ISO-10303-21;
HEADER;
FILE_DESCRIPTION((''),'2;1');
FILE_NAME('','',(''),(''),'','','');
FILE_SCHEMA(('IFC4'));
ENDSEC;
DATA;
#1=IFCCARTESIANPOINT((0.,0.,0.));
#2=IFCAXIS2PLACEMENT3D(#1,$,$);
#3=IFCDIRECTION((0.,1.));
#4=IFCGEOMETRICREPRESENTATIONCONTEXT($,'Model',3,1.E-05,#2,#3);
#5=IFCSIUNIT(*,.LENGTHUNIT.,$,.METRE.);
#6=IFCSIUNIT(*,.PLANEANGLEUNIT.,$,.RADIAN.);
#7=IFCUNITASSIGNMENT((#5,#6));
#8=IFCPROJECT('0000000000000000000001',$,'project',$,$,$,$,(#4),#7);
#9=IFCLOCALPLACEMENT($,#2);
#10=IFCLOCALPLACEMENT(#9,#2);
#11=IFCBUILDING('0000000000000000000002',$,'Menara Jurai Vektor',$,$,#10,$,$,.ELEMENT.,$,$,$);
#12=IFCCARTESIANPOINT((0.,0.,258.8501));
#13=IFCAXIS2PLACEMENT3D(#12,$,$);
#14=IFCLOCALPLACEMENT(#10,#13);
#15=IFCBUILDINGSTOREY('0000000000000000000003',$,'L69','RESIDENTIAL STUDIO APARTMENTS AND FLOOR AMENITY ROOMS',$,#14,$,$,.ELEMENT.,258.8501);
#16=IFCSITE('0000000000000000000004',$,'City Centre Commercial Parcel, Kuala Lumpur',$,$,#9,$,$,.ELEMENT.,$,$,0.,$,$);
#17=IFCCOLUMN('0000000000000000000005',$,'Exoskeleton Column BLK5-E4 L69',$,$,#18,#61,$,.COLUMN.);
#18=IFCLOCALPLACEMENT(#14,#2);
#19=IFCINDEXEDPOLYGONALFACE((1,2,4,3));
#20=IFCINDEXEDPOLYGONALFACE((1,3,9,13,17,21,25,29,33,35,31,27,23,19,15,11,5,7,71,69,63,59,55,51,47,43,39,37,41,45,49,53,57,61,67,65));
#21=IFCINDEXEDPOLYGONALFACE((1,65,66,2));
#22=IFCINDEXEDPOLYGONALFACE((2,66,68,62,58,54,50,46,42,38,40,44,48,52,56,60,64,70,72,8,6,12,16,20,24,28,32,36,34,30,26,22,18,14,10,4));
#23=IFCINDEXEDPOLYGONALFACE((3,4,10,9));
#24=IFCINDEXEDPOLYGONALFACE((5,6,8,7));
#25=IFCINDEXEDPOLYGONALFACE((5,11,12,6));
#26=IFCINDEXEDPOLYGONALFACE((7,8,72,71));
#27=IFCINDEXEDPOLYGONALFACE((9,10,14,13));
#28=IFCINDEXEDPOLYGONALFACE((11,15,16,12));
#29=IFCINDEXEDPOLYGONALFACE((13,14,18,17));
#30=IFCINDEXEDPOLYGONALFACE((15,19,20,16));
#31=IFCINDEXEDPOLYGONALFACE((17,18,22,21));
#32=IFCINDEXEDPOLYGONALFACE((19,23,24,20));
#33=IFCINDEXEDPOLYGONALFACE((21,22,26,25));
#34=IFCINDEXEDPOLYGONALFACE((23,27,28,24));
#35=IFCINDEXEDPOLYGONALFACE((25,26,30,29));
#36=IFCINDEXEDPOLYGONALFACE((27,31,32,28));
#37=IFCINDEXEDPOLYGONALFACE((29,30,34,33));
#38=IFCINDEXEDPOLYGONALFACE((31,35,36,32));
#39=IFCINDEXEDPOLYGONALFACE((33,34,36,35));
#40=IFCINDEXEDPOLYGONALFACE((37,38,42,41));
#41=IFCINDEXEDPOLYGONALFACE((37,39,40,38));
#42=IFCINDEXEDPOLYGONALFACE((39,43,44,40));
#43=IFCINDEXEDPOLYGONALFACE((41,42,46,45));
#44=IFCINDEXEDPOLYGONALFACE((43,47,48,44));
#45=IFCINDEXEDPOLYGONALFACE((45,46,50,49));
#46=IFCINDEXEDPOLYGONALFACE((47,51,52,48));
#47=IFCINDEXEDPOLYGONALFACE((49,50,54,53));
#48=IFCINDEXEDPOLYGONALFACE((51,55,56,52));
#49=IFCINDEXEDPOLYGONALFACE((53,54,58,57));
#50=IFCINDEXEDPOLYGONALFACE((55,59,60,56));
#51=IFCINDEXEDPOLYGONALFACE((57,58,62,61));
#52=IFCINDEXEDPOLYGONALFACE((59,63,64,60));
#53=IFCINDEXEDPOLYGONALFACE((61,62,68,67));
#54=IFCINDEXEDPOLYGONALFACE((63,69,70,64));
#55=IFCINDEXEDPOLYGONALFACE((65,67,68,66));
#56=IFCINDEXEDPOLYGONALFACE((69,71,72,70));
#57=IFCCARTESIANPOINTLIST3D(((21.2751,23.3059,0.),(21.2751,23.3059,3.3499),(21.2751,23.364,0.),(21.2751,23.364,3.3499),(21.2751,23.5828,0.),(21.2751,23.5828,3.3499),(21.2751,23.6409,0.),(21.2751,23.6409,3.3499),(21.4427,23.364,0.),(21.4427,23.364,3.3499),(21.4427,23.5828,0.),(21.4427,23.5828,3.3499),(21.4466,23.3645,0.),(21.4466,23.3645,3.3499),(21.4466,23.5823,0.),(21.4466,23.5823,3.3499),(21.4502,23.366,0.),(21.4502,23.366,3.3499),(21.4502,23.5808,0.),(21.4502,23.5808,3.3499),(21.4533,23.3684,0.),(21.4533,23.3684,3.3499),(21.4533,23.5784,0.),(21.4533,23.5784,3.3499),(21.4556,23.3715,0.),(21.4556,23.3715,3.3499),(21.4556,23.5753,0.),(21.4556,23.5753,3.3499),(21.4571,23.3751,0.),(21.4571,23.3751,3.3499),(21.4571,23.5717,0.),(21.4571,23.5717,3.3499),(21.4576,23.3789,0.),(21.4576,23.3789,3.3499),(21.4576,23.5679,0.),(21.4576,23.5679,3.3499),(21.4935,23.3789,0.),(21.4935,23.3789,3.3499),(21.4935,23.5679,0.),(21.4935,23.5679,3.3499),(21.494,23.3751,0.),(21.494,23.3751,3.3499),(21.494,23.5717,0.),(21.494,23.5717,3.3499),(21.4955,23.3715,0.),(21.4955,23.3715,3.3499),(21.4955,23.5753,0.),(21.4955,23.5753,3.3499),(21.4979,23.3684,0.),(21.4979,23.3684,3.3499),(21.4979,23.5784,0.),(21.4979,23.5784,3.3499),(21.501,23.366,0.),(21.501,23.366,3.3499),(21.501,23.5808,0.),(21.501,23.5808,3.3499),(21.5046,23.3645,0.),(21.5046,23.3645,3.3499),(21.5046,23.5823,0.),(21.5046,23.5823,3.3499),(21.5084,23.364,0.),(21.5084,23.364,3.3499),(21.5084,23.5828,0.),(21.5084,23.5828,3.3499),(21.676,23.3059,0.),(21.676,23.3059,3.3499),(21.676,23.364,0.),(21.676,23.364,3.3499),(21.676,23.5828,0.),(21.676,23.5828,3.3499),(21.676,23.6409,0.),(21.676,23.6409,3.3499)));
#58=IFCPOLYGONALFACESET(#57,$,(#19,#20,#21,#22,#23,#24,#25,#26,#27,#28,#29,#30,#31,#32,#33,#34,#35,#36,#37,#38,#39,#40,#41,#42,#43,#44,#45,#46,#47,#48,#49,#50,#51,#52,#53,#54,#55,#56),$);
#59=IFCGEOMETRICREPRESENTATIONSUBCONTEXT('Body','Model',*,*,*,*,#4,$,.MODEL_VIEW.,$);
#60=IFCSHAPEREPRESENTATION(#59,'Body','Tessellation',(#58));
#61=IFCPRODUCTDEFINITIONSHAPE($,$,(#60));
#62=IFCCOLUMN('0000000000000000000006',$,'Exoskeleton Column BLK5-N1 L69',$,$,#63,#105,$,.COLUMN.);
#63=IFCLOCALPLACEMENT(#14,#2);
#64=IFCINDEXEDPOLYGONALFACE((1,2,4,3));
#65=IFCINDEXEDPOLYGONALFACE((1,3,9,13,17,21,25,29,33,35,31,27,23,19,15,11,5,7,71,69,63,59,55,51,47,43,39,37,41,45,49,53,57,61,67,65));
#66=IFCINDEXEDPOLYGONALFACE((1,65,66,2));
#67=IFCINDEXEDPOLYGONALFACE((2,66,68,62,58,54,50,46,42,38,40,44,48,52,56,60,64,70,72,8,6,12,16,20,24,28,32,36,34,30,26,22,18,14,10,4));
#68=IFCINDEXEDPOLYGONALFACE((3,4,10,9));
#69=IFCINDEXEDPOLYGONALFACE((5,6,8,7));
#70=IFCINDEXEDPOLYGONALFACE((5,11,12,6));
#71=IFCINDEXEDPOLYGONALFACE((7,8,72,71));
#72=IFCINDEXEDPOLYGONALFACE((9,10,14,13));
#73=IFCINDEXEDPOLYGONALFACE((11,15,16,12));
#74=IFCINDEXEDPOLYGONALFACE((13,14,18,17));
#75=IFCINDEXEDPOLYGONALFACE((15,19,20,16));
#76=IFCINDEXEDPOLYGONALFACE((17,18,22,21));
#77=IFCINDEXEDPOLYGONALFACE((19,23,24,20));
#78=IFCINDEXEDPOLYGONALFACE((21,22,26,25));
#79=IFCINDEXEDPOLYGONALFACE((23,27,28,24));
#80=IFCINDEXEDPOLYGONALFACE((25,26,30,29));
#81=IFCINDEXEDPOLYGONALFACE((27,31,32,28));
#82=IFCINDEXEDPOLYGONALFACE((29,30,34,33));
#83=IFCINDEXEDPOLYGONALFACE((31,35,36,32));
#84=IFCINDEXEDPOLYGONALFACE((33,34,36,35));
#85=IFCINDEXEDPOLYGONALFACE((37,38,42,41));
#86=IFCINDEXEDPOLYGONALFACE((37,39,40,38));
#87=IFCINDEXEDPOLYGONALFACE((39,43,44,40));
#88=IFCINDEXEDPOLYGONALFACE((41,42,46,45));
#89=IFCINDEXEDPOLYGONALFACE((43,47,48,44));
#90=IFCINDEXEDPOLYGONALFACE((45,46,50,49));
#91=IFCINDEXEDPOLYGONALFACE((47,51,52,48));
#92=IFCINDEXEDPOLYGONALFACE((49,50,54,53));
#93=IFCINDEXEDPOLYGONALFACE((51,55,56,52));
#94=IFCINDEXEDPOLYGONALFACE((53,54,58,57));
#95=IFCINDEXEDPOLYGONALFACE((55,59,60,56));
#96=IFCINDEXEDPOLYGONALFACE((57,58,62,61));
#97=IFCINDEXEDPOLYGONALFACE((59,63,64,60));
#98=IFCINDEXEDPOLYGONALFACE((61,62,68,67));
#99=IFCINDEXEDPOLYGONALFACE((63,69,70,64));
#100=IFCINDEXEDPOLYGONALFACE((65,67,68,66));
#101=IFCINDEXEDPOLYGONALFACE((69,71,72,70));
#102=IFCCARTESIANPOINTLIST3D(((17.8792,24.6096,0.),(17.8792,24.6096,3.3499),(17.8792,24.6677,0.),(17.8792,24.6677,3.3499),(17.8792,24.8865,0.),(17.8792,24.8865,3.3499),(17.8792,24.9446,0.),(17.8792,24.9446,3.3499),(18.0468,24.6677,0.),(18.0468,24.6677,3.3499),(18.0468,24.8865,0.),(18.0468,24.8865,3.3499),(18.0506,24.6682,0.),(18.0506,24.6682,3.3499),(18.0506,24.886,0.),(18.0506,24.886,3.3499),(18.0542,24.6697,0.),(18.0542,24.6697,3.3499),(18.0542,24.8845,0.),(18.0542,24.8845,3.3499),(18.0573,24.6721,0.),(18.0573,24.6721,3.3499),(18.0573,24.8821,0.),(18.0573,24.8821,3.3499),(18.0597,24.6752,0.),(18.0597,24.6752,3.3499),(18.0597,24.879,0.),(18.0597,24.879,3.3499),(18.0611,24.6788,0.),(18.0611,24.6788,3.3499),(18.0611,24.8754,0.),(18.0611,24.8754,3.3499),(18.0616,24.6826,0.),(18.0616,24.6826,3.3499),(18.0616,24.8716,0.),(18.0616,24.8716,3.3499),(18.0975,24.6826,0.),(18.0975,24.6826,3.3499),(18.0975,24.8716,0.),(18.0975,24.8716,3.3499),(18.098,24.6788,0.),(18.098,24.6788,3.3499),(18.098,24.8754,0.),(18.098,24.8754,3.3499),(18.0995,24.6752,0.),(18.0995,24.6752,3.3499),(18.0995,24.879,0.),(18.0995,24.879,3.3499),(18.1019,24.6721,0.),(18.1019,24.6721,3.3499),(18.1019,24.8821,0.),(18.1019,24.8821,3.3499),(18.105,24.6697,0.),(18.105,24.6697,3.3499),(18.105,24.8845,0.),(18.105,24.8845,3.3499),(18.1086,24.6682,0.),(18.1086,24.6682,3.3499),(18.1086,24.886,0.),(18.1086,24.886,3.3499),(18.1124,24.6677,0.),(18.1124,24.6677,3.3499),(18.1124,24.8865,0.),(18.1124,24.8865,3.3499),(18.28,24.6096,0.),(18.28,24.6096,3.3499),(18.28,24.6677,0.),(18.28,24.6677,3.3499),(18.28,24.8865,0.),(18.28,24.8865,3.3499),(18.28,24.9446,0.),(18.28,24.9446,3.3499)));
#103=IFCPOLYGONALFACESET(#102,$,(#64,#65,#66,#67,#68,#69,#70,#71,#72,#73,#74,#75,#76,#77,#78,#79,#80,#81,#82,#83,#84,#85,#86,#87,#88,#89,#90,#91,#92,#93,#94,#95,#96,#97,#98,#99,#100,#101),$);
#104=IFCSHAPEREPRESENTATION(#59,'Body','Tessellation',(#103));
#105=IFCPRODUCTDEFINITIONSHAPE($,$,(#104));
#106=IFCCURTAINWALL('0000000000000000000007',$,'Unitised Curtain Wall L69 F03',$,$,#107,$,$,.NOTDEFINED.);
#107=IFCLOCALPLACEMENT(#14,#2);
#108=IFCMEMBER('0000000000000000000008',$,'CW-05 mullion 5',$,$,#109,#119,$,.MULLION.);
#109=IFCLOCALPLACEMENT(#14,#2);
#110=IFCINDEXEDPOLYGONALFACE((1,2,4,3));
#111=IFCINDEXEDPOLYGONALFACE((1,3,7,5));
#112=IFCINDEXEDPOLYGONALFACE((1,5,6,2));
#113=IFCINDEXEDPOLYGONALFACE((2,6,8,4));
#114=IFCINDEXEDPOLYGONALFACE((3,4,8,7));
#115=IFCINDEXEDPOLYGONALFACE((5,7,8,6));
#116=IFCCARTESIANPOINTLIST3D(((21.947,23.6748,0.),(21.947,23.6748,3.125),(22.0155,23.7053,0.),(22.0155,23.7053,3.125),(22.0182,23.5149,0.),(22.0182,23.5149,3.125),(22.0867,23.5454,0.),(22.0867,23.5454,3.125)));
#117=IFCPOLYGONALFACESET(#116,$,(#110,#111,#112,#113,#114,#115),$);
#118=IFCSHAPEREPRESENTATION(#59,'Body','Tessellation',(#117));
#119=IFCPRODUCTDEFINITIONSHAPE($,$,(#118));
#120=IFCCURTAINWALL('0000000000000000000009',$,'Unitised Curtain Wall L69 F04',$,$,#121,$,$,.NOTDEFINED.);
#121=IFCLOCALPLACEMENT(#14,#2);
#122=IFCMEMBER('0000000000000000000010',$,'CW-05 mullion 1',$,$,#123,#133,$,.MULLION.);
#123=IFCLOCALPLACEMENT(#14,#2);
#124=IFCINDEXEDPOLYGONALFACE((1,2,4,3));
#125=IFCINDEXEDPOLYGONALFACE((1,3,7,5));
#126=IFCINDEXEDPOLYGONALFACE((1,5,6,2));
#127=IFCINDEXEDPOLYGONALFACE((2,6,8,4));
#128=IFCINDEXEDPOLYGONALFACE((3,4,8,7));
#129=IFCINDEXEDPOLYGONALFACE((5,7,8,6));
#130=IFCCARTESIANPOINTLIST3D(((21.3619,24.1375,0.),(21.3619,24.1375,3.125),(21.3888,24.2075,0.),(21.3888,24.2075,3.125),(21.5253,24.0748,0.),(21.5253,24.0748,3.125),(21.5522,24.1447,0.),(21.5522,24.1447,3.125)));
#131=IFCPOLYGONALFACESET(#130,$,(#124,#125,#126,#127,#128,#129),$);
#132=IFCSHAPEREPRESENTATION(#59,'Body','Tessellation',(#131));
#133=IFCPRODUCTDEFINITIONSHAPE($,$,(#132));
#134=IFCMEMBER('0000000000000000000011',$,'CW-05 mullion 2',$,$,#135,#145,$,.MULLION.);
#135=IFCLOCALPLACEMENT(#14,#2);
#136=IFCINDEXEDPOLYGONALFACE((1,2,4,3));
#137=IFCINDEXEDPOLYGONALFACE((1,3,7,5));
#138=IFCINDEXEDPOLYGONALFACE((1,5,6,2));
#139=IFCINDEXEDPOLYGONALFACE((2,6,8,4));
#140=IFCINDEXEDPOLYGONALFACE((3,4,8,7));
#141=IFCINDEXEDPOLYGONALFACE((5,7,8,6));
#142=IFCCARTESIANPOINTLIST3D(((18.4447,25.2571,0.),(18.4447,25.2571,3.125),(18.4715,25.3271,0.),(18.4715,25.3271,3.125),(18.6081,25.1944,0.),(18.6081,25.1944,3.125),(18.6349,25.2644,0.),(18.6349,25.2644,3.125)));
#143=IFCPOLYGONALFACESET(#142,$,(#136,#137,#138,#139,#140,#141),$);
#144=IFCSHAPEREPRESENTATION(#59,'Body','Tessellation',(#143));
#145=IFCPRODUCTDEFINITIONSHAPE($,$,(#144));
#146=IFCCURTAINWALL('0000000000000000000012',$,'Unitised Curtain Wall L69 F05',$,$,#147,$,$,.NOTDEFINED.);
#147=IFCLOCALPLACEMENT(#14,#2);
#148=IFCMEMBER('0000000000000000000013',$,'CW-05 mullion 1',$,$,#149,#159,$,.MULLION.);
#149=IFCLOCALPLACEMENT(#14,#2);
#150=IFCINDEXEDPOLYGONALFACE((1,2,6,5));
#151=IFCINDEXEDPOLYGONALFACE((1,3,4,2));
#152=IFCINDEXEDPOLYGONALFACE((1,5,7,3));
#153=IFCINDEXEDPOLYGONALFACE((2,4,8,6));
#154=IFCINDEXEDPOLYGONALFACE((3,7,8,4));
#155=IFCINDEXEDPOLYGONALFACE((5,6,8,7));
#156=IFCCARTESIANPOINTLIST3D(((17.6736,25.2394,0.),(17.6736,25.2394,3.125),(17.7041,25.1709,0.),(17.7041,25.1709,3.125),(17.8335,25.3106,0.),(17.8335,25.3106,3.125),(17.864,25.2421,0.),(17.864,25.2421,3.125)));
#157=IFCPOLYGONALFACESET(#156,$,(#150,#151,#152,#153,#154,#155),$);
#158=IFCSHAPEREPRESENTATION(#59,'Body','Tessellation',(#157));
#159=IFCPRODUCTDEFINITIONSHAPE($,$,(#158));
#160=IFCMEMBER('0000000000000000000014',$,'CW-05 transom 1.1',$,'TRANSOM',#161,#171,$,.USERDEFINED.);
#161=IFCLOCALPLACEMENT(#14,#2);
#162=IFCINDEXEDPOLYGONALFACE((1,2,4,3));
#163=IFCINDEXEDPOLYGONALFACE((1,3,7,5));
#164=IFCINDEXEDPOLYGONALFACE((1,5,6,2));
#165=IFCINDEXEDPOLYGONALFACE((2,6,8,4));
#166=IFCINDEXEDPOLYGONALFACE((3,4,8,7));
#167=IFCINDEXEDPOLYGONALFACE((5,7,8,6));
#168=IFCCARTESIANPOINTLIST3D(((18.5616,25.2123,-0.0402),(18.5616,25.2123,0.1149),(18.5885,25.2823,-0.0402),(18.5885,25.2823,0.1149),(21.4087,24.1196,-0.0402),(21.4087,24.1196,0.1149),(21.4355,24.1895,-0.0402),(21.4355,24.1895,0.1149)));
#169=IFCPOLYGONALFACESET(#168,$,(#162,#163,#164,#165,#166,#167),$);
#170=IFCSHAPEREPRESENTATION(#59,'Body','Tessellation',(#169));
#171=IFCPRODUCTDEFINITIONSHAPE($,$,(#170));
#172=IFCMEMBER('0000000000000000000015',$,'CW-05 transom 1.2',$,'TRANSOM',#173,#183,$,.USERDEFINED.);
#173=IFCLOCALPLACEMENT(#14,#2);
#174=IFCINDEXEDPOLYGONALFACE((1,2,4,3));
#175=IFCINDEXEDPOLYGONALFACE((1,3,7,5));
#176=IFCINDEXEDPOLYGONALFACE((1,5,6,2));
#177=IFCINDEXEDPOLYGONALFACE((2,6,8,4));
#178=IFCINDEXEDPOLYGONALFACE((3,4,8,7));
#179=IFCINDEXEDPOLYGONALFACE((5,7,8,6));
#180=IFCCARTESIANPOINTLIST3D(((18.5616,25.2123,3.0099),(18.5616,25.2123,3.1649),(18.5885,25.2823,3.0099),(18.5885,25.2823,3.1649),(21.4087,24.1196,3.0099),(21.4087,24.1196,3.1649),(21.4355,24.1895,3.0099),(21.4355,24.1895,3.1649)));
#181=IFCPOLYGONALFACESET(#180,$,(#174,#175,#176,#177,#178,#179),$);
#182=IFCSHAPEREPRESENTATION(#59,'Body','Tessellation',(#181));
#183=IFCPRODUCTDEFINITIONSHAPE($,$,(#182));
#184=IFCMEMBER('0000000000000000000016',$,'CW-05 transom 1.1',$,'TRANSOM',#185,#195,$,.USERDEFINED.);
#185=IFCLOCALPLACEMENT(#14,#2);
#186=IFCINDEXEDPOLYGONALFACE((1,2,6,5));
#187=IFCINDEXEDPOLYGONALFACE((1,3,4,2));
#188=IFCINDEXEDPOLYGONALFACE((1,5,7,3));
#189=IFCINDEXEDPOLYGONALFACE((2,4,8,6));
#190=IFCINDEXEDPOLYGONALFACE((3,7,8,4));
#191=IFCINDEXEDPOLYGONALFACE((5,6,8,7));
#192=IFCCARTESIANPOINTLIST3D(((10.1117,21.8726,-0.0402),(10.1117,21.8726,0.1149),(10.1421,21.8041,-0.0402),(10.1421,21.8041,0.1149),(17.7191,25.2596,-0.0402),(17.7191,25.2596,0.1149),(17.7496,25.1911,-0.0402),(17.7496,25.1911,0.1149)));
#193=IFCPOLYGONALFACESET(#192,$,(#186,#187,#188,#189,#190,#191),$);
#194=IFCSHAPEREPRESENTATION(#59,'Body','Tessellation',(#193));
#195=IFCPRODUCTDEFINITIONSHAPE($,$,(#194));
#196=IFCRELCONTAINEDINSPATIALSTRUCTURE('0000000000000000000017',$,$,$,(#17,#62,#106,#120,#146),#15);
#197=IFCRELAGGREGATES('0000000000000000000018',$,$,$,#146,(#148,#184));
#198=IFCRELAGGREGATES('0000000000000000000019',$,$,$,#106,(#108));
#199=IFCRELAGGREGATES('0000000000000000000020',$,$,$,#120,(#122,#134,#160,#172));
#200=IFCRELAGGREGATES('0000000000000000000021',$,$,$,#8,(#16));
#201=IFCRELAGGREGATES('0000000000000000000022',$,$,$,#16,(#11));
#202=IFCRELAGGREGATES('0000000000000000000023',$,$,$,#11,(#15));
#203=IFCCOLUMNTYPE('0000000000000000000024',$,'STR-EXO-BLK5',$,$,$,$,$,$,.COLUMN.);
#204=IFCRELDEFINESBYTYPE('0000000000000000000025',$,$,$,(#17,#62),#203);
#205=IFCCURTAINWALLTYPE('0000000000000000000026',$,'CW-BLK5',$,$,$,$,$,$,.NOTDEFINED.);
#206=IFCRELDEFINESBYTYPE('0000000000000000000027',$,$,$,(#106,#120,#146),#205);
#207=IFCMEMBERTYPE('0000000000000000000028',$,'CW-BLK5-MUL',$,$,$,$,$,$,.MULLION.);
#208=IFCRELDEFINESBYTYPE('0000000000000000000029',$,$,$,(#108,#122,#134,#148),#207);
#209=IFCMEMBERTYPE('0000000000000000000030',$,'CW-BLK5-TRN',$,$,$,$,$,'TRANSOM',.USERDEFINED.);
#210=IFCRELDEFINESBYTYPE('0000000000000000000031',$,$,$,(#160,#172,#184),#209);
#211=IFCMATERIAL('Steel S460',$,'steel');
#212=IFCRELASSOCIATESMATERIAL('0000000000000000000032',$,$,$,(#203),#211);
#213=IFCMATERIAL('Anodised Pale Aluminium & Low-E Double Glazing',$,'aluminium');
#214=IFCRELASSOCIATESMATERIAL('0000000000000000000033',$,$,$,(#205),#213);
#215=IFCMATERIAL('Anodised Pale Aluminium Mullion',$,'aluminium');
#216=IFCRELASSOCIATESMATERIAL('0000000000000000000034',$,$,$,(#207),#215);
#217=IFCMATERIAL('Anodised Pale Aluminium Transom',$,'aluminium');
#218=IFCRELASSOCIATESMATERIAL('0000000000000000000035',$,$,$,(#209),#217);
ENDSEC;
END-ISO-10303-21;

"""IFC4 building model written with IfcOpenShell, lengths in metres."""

from ifc_helpers import new_model, si_unit, direction, frame, origin, origin_2d, place, context, subcontext, project, spatial, rectangle, i_section, extrude, material, material_profile, profile_set, type_object, element, aggregate, save


model = new_model("IFC4")

# Units and contexts
model_context = context("Model", 3, precision=1e-05, world=origin(), true_north=direction((0.0, 1.0)))
body_context = subcontext(model_context, "Body", "Model", "MODEL_VIEW")
ifc_project = project(units=[si_unit("LENGTHUNIT", "METRE"), si_unit("PLANEANGLEUNIT", "RADIAN")], contexts=[model_context])

# Site, building, storey
site_placement = place(None, origin())
site = spatial("IfcSite", under=ifc_project, at=site_placement, Name="City Centre Commercial Parcel, Kuala Lumpur", CompositionType="ELEMENT", RefElevation=0.0)
building_placement = place(site_placement, origin())
building = spatial("IfcBuilding", under=site, at=building_placement, Name="Menara Jurai Vektor", CompositionType="ELEMENT")
storey_placement = place(building_placement, frame((0.0, 0.0, 258.8501)))
storey = spatial("IfcBuildingStorey", under=building, at=storey_placement, Name="L69", Description="RESIDENTIAL STUDIO APARTMENTS AND FLOOR AMENITY ROOMS", CompositionType="ELEMENT", Elevation=258.8501)

# Columns
ifc_material_1 = material(Name="Steel S460", Category="steel")
ifc_material_profile_1 = material_profile(ifc_material_1, i_section(OverallWidth=0.4009, OverallDepth=0.335, WebThickness=0.0359, FlangeThickness=0.0581, FilletRadius=0.0149, at=origin_2d()), Name="HD 400x463")
ifc_profile_set_1 = profile_set([ifc_material_profile_1], Name="Steel S460")
column_type = type_object("IfcColumnType", Name="STR-EXO-BLK5", PredefinedType="COLUMN", material=ifc_profile_set_1)
for number, where, z_axis, x_axis, name in (
    (1, (21.4756, 23.4734, 0.0), (0.0, 0.0, 1.0), (1.0, 0.0, 0.0), "Exoskeleton Column BLK5-E4 L69"),
    (2, (18.0796, 24.7771, 0.0), (0.0, 0.0, 1.0), (1.0, 0.0, 0.0), "Exoskeleton Column BLK5-N1 L69"),
):
    element("IfcColumn", number, at=place(storey_placement, frame(where, z_axis=z_axis, x_axis=x_axis)), inside=storey, type_object=column_type, Name=name, PredefinedType="COLUMN", context=body_context, shape_type="SweptSolid", body=[
        extrude(i_section(OverallWidth=0.4009, OverallDepth=0.335, WebThickness=0.0359, FlangeThickness=0.0581, FilletRadius=0.0149, at=origin_2d()), origin(), (0.0, 0.0, 1.0), 3.3499),
    ])

# Curtain wall, member
ifc_material_2 = material(Name="Anodised Pale Aluminium & Low-E Double Glazing", Category="aluminium")
curtain_wall_type = type_object("IfcCurtainWallType", Name="CW-BLK5", PredefinedType="NOTDEFINED", material=ifc_material_2)
curtain_wall_1_placement = place(storey_placement, origin())
curtain_wall_1 = element("IfcCurtainWall", 3, at=curtain_wall_1_placement, inside=storey, type_object=curtain_wall_type, Name="Unitised Curtain Wall L69 F03", PredefinedType="NOTDEFINED")
ifc_material_3 = material(Name="Anodised Pale Aluminium Mullion", Category="aluminium")
ifc_material_profile_2 = material_profile(ifc_material_3, rectangle(XDim=0.075, YDim=0.175, at=origin_2d()), Name="ALU MUL 75x175")
ifc_profile_set_2 = profile_set([ifc_material_profile_2], Name="Anodised Pale Aluminium Mullion")
member_type_1 = type_object("IfcMemberType", Name="CW-BLK5-MUL", PredefinedType="MULLION", material=ifc_profile_set_2)
member_1_placement = place(storey_placement, frame((22.0168, 23.6101, 0.0), z_axis=(0.0, 0.0, 1.0), x_axis=(-0.913546, -0.406735, 0.0)))
member_1 = element("IfcMember", 4, at=member_1_placement, type_object=member_type_1, Name="CW-05 mullion 5", PredefinedType="MULLION", context=body_context, shape_type="SweptSolid", body=[
    extrude(rectangle(XDim=0.075, YDim=0.175, at=origin_2d()), origin(), (0.0, 0.0, 1.0), 3.125),
])

# Curtain wall, members
curtain_wall_2_placement = place(storey_placement, origin())
curtain_wall_2 = element("IfcCurtainWall", 5, at=curtain_wall_2_placement, inside=storey, type_object=curtain_wall_type, Name="Unitised Curtain Wall L69 F04", PredefinedType="NOTDEFINED")
member_2_placement = place(storey_placement, frame((21.457, 24.1411, 0.0), z_axis=(0.0, 0.0, 1.0), x_axis=(-0.358374, -0.933578, 0.0)))
member_2 = element("IfcMember", 6, at=member_2_placement, type_object=member_type_1, Name="CW-05 mullion 1", PredefinedType="MULLION", context=body_context, shape_type="SweptSolid", body=[
    extrude(rectangle(XDim=0.075, YDim=0.175, at=origin_2d()), origin(), (0.0, 0.0, 1.0), 3.125),
])
member_3_placement = place(storey_placement, frame((18.5398, 25.2607, 0.0), z_axis=(0.0, 0.0, 1.0), x_axis=(-0.358374, -0.933578, 0.0)))
member_3 = element("IfcMember", 7, at=member_3_placement, type_object=member_type_1, Name="CW-05 mullion 2", PredefinedType="MULLION", context=body_context, shape_type="SweptSolid", body=[
    extrude(rectangle(XDim=0.075, YDim=0.175, at=origin_2d()), origin(), (0.0, 0.0, 1.0), 3.125),
])

# Curtain wall, member
curtain_wall_3_placement = place(storey_placement, origin())
curtain_wall_3 = element("IfcCurtainWall", 8, at=curtain_wall_3_placement, inside=storey, type_object=curtain_wall_type, Name="Unitised Curtain Wall L69 F05", PredefinedType="NOTDEFINED")
member_4_placement = place(storey_placement, frame((17.7688, 25.2407, 0.0), z_axis=(0.0, 0.0, 1.0), x_axis=(0.406735, -0.913546, 0.0)))
member_4 = element("IfcMember", 9, at=member_4_placement, type_object=member_type_1, Name="CW-05 mullion 1", PredefinedType="MULLION", context=body_context, shape_type="SweptSolid", body=[
    extrude(rectangle(XDim=0.075, YDim=0.175, at=origin_2d()), origin(), (0.0, 0.0, 1.0), 3.125),
])

# Members
ifc_material_4 = material(Name="Anodised Pale Aluminium Transom", Category="aluminium")
ifc_material_profile_3 = material_profile(ifc_material_4, rectangle(XDim=0.075, YDim=0.155, at=origin_2d()), Name="ALU TRN 75x155")
ifc_profile_set_3 = profile_set([ifc_material_profile_3], Name="Anodised Pale Aluminium Transom")
member_type_2 = type_object("IfcMemberType", Name="CW-BLK5-TRN", ElementType="TRANSOM", PredefinedType="USERDEFINED", material=ifc_profile_set_3)
member_5_placement = place(storey_placement, frame((21.4221, 24.1545, 0.0374), z_axis=(-0.933597, 0.358325, 0.0), x_axis=(-0.358325, -0.933597, 0.0)))
member_5 = element("IfcMember", 10, at=member_5_placement, type_object=member_type_2, Name="CW-05 transom 1.1", ObjectType="TRANSOM", PredefinedType="USERDEFINED", context=body_context, shape_type="SweptSolid", body=[
    extrude(rectangle(XDim=0.075, YDim=0.155, at=origin_2d()), origin(), (0.0, 0.0, 1.0), 3.0496),
])
member_6_placement = place(storey_placement, frame((21.4221, 24.1545, 3.0874), z_axis=(-0.933597, 0.358325, 0.0), x_axis=(-0.358325, -0.933597, 0.0)))
member_6 = element("IfcMember", 11, at=member_6_placement, type_object=member_type_2, Name="CW-05 transom 1.2", ObjectType="TRANSOM", PredefinedType="USERDEFINED", context=body_context, shape_type="SweptSolid", body=[
    extrude(rectangle(XDim=0.075, YDim=0.155, at=origin_2d()), origin(), (0.0, 0.0, 1.0), 3.0496),
])
member_7_placement = place(storey_placement, frame((17.7344, 25.2253, 0.0374), z_axis=(-0.913549, -0.406729, 0.0), x_axis=(0.406729, -0.913549, 0.0)))
member_7 = element("IfcMember", 12, at=member_7_placement, type_object=member_type_2, Name="CW-05 transom 1.1", ObjectType="TRANSOM", PredefinedType="USERDEFINED", context=body_context, shape_type="SweptSolid", body=[
    extrude(rectangle(XDim=0.075, YDim=0.155, at=origin_2d()), origin(), (0.0, 0.0, 1.0), 8.3274),
])
aggregate(curtain_wall_3, [member_4, member_7])

aggregate(curtain_wall_1, [member_1])
aggregate(curtain_wall_2, [member_2, member_3, member_5, member_6])

save(model, "model.ifc")
